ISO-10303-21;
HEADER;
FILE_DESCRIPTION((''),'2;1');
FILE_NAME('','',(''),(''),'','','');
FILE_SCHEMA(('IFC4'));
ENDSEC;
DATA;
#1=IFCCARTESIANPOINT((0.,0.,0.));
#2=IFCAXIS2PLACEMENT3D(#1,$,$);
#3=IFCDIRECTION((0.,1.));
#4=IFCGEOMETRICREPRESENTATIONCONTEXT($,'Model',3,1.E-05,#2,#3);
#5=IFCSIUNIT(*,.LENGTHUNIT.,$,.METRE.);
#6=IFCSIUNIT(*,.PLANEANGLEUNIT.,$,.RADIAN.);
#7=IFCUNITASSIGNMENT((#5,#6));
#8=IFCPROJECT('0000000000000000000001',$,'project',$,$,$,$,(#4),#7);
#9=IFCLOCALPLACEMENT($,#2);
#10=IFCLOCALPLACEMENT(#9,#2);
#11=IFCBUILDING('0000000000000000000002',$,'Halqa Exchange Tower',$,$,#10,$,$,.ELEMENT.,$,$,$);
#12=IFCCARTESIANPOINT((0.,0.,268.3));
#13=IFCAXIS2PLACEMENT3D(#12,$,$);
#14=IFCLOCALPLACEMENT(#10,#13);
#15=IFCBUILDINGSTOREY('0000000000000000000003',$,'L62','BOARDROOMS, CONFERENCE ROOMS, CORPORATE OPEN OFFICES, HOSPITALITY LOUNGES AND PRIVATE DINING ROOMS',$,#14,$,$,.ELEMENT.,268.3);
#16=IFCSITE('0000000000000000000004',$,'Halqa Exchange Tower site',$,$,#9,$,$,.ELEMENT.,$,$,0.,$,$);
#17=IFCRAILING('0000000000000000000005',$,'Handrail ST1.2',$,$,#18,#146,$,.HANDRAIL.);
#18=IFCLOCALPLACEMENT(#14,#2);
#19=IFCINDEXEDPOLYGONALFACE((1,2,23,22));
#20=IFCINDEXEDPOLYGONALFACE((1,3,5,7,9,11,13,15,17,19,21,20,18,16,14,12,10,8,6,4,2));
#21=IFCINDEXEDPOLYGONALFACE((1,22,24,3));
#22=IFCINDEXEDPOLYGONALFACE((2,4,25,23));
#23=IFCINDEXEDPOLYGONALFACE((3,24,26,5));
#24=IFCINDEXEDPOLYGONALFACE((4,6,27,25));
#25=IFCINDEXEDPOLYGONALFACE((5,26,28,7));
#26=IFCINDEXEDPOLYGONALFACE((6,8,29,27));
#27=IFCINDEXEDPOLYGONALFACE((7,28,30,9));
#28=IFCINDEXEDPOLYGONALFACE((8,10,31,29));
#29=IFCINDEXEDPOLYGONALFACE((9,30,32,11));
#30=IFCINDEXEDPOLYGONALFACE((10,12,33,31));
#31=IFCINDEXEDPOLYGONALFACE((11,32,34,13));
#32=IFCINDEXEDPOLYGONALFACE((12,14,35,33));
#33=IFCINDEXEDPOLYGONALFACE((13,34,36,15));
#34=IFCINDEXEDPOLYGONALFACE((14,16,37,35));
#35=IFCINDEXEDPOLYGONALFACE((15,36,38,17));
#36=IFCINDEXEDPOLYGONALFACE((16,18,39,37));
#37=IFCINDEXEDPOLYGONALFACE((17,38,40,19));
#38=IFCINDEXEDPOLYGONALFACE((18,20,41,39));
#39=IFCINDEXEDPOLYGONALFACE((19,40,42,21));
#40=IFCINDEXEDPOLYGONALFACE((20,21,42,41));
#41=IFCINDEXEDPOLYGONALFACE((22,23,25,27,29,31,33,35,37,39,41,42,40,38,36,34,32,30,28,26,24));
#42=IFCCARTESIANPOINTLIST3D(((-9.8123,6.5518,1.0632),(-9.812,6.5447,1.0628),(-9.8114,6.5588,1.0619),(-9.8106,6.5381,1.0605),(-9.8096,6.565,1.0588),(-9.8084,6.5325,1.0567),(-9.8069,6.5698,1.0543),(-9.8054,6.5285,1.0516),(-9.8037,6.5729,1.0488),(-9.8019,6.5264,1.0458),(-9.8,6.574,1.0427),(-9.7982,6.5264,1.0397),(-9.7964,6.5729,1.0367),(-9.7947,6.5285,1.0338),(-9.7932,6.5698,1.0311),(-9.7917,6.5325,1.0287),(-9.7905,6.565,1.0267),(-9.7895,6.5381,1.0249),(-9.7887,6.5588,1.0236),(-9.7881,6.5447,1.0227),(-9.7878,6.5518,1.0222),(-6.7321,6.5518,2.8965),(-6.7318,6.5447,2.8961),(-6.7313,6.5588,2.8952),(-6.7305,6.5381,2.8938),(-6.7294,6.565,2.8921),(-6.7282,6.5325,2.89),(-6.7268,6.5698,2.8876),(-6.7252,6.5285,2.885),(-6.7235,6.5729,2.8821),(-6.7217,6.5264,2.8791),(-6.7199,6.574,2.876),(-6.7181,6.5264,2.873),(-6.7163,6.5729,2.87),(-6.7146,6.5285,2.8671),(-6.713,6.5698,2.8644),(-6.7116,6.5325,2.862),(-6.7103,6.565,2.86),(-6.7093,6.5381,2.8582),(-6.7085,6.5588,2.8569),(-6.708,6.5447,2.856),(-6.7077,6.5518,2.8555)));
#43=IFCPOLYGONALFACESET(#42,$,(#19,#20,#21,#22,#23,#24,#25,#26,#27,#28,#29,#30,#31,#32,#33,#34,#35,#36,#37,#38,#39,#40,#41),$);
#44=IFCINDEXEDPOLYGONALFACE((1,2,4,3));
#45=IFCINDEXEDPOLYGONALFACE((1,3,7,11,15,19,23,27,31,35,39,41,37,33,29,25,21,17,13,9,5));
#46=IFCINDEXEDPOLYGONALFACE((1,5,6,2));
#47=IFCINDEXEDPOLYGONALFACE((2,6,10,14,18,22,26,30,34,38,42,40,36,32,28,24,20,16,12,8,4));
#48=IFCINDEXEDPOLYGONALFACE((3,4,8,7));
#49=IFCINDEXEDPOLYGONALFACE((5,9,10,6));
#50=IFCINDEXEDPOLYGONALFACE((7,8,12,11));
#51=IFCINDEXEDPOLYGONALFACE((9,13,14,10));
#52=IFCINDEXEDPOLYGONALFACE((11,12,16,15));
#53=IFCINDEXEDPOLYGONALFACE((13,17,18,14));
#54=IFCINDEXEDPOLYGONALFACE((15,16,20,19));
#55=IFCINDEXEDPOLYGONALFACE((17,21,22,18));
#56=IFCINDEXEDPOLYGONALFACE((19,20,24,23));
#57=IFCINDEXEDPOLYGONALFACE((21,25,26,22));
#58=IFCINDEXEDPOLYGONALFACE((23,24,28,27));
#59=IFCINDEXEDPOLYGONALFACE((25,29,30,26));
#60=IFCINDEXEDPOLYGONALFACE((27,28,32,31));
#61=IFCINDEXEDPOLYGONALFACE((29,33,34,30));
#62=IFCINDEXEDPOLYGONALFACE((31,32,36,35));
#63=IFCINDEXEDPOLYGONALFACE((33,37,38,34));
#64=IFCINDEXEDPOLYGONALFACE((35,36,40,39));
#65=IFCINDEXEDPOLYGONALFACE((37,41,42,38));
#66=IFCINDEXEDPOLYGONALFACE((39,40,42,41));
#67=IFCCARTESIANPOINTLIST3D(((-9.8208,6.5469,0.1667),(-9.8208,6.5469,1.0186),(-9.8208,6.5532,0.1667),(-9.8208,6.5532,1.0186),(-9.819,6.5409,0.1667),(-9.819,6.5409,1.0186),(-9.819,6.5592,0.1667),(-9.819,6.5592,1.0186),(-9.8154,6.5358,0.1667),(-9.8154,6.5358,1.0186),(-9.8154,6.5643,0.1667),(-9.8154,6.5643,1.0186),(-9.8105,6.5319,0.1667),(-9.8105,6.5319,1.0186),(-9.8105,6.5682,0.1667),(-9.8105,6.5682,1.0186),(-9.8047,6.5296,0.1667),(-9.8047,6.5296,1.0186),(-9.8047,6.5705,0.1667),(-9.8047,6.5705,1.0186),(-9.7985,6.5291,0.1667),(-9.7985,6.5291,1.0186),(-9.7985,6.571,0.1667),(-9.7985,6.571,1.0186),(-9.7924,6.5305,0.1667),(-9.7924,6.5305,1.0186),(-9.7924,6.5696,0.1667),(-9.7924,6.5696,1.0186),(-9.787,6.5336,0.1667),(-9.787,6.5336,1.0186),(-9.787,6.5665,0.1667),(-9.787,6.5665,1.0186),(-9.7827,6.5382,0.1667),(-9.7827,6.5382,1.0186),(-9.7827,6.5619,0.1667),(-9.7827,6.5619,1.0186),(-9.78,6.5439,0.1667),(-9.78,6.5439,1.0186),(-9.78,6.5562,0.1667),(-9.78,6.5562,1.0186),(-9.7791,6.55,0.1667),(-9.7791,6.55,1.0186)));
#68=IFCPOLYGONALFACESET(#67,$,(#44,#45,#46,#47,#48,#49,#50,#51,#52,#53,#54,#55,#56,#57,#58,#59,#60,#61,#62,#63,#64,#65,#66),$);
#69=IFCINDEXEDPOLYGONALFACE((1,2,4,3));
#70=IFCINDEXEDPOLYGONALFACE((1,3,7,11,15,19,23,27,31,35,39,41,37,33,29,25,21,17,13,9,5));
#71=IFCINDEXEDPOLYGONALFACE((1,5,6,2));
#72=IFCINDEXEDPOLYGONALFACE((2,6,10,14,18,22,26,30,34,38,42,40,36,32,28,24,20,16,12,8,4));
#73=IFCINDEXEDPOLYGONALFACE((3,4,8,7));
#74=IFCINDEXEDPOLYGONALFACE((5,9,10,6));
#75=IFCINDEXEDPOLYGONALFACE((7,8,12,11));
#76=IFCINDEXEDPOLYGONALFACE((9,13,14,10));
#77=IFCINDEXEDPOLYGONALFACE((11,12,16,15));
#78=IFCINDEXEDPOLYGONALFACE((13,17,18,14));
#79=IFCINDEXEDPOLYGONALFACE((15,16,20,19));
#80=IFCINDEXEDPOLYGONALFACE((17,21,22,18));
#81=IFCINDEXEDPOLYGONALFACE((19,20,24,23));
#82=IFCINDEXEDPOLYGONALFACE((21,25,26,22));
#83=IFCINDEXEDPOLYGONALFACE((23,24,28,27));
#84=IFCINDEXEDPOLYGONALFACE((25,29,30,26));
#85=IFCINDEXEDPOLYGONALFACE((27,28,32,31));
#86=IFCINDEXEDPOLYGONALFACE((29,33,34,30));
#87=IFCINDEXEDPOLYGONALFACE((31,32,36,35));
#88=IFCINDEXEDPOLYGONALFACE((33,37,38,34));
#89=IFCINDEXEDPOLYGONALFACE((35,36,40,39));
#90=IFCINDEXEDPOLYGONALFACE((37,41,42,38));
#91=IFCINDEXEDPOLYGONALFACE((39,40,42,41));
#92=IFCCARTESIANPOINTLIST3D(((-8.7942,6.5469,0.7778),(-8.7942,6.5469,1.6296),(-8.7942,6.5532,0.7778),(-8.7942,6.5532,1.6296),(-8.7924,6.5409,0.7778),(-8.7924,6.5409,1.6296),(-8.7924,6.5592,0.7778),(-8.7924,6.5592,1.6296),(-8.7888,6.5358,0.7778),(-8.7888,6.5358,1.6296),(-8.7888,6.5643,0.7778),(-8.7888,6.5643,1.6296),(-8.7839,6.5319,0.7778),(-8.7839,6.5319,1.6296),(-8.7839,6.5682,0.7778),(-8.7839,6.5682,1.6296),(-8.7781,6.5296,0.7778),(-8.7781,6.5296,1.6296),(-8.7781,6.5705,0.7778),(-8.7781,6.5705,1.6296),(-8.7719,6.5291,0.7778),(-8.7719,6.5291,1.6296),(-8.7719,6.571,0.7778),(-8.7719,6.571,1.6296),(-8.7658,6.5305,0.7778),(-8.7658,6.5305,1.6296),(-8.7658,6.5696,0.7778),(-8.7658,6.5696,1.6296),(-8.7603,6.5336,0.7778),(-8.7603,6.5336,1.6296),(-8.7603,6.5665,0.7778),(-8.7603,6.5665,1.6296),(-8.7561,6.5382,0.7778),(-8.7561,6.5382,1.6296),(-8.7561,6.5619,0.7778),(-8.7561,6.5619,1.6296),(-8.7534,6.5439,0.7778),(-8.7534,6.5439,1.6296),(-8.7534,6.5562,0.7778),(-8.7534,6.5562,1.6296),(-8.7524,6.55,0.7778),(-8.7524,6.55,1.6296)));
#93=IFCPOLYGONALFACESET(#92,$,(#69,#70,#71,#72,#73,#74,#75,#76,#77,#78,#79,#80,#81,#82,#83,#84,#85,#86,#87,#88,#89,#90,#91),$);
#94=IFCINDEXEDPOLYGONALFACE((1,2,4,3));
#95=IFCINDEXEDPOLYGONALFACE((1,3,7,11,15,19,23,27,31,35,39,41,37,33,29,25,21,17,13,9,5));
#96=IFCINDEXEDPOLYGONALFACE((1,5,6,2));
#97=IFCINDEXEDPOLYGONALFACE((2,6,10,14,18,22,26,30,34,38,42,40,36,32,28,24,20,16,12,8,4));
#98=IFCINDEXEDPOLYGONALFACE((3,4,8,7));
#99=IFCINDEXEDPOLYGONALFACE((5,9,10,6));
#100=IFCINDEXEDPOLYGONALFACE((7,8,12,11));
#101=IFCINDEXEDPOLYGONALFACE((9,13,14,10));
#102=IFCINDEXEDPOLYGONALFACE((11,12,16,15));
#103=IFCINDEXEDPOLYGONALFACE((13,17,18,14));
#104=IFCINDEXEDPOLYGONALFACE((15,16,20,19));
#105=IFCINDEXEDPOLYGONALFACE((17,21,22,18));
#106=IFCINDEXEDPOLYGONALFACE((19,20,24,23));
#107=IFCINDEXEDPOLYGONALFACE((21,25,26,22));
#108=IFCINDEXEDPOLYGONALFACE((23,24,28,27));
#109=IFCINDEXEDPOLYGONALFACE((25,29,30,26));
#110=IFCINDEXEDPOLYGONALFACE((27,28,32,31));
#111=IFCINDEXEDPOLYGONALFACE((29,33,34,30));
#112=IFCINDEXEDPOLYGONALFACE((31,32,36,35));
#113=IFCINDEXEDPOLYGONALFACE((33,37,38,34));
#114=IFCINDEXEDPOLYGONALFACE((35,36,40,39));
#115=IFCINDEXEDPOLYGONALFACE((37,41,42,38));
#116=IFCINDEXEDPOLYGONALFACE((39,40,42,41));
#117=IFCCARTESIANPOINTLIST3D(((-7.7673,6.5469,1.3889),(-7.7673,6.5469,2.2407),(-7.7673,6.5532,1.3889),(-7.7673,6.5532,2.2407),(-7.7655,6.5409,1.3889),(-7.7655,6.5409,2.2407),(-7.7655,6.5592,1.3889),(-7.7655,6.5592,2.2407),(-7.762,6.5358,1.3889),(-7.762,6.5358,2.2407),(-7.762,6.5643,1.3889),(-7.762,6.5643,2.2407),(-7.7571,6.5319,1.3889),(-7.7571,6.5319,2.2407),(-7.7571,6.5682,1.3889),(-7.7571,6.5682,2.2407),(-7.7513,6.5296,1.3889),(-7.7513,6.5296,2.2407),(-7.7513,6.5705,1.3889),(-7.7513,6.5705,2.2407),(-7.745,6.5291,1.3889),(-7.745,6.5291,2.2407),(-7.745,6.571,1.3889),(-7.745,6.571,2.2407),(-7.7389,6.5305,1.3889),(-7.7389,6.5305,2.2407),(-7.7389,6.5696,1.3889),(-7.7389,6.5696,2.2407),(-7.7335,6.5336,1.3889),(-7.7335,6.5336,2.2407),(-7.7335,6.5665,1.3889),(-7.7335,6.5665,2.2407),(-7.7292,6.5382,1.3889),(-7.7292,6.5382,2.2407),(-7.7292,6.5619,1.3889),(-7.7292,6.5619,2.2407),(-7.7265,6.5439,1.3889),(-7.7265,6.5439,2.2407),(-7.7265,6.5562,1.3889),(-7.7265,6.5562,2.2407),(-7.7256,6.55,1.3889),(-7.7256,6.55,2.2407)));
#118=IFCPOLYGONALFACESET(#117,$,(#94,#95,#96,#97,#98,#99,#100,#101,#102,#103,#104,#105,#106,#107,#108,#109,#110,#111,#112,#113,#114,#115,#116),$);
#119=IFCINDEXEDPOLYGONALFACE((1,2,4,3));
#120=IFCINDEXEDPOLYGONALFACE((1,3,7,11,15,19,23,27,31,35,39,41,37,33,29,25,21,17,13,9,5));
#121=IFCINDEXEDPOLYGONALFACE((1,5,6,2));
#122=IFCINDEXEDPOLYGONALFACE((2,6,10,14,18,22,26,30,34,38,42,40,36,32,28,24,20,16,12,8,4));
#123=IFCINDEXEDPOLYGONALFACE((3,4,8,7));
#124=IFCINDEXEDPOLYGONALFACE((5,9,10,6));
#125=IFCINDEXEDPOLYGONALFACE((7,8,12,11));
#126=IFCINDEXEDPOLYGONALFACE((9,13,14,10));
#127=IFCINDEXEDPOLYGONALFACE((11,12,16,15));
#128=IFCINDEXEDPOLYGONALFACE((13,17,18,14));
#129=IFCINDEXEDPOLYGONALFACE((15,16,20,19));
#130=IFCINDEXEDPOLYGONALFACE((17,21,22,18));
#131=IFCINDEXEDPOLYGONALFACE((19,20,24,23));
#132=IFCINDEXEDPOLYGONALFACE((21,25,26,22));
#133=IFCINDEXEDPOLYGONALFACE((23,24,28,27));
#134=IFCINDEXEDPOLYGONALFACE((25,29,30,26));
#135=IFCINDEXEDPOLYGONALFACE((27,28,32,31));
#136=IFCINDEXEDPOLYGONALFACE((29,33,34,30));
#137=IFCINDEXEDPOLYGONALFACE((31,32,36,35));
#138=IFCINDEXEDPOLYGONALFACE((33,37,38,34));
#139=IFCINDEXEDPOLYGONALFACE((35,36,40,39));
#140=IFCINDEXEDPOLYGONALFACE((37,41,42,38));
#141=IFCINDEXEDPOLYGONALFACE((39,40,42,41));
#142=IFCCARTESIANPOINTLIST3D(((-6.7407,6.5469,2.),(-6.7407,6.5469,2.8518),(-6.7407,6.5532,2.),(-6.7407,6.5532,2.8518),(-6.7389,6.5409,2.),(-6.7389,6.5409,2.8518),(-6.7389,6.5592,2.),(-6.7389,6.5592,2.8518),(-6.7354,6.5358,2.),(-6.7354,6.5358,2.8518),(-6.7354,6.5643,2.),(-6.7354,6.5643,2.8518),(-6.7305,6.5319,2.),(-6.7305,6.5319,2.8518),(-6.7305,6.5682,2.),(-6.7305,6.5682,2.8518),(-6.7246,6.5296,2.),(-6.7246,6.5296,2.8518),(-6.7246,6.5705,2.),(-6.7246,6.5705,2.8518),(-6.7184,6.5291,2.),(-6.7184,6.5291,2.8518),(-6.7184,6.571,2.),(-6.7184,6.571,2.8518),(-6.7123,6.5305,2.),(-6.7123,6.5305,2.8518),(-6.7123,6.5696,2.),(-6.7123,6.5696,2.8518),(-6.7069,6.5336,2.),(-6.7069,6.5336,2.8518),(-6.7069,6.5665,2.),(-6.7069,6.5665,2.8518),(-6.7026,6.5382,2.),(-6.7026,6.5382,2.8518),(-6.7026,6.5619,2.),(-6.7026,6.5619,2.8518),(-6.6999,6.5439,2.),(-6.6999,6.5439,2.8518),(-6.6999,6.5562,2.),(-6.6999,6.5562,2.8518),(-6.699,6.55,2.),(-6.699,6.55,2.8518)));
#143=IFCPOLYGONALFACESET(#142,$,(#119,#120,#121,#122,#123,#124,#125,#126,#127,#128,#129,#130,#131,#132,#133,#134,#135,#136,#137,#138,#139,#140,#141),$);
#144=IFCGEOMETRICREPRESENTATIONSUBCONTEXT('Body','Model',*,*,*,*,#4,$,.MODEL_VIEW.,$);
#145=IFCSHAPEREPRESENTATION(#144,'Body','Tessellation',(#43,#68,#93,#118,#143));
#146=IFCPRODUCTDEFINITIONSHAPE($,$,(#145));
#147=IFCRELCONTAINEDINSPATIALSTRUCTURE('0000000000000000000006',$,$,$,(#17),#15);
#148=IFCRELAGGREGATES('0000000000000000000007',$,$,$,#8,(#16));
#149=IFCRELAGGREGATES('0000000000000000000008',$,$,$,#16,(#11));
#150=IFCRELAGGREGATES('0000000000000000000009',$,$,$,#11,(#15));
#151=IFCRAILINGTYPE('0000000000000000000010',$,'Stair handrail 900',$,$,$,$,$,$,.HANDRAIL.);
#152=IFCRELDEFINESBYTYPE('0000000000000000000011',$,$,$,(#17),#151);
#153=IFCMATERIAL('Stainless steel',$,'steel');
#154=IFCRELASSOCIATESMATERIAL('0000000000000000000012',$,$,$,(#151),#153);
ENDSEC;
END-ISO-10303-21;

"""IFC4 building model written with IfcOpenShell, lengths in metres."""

from ifc_helpers import new_model, si_unit, direction, frame, origin, origin_2d, place, context, subcontext, project, spatial, circle, extrude, material, type_object, element, save


model = new_model("IFC4")

# Units and contexts
model_context = context("Model", 3, precision=1e-05, world=origin(), true_north=direction((0.0, 1.0)))
body_context = subcontext(model_context, "Body", "Model", "MODEL_VIEW")
ifc_project = project(units=[si_unit("LENGTHUNIT", "METRE"), si_unit("PLANEANGLEUNIT", "RADIAN")], contexts=[model_context])

# Site, building, storey
site_placement = place(None, origin())
site = spatial("IfcSite", under=ifc_project, at=site_placement, Name="Halqa Exchange Tower site", CompositionType="ELEMENT", RefElevation=0.0)
building_placement = place(site_placement, origin())
building = spatial("IfcBuilding", under=site, at=building_placement, Name="Halqa Exchange Tower", CompositionType="ELEMENT")
storey_placement = place(building_placement, frame((0.0, 0.0, 268.3)))
storey = spatial("IfcBuildingStorey", under=building, at=storey_placement, Name="L62", Description="BOARDROOMS, CONFERENCE ROOMS, CORPORATE OPEN OFFICES, HOSPITALITY LOUNGES AND PRIVATE DINING ROOMS", CompositionType="ELEMENT", Elevation=268.3)

# Shared definitions
ifc_material_1 = material(Name="Stainless steel", Category="steel")

# Railing
railing_type_1 = type_object("IfcRailingType", Name="Stair handrail 900", PredefinedType="HANDRAIL", material=ifc_material_1)
railing_1_placement = place(storey_placement, frame((-9.8, 6.55, 0.1667)))
element("IfcRailing", 1, at=railing_1_placement, inside=storey, type_object=railing_type_1, Name="Handrail ST1.2", PredefinedType="HANDRAIL", context=body_context, shape_type="SweptSolid", body=[
    extrude(circle(Radius=0.0239, at=origin_2d()), frame((0.0, 0.0, 0.876), z_axis=(0.859309, 0.0, 0.511458), x_axis=(0.0, 1.0, 0.0)), (0.0, 0.0, 1.0), 3.5845),
    extrude(circle(Radius=0.021, at=origin_2d()), origin(), (0.0, 0.0, 1.0), 0.8518),
    extrude(circle(Radius=0.021, at=origin_2d()), frame((1.0266, 0.0, 0.6111)), (0.0, 0.0, 1.0), 0.8518),
    extrude(circle(Radius=0.021, at=origin_2d()), frame((2.0535, 0.0, 1.2222)), (0.0, 0.0, 1.0), 0.8518),
    extrude(circle(Radius=0.021, at=origin_2d()), frame((3.0801, 0.0, 1.8333)), (0.0, 0.0, 1.0), 0.8518),
])

save(model, "model.ifc")
